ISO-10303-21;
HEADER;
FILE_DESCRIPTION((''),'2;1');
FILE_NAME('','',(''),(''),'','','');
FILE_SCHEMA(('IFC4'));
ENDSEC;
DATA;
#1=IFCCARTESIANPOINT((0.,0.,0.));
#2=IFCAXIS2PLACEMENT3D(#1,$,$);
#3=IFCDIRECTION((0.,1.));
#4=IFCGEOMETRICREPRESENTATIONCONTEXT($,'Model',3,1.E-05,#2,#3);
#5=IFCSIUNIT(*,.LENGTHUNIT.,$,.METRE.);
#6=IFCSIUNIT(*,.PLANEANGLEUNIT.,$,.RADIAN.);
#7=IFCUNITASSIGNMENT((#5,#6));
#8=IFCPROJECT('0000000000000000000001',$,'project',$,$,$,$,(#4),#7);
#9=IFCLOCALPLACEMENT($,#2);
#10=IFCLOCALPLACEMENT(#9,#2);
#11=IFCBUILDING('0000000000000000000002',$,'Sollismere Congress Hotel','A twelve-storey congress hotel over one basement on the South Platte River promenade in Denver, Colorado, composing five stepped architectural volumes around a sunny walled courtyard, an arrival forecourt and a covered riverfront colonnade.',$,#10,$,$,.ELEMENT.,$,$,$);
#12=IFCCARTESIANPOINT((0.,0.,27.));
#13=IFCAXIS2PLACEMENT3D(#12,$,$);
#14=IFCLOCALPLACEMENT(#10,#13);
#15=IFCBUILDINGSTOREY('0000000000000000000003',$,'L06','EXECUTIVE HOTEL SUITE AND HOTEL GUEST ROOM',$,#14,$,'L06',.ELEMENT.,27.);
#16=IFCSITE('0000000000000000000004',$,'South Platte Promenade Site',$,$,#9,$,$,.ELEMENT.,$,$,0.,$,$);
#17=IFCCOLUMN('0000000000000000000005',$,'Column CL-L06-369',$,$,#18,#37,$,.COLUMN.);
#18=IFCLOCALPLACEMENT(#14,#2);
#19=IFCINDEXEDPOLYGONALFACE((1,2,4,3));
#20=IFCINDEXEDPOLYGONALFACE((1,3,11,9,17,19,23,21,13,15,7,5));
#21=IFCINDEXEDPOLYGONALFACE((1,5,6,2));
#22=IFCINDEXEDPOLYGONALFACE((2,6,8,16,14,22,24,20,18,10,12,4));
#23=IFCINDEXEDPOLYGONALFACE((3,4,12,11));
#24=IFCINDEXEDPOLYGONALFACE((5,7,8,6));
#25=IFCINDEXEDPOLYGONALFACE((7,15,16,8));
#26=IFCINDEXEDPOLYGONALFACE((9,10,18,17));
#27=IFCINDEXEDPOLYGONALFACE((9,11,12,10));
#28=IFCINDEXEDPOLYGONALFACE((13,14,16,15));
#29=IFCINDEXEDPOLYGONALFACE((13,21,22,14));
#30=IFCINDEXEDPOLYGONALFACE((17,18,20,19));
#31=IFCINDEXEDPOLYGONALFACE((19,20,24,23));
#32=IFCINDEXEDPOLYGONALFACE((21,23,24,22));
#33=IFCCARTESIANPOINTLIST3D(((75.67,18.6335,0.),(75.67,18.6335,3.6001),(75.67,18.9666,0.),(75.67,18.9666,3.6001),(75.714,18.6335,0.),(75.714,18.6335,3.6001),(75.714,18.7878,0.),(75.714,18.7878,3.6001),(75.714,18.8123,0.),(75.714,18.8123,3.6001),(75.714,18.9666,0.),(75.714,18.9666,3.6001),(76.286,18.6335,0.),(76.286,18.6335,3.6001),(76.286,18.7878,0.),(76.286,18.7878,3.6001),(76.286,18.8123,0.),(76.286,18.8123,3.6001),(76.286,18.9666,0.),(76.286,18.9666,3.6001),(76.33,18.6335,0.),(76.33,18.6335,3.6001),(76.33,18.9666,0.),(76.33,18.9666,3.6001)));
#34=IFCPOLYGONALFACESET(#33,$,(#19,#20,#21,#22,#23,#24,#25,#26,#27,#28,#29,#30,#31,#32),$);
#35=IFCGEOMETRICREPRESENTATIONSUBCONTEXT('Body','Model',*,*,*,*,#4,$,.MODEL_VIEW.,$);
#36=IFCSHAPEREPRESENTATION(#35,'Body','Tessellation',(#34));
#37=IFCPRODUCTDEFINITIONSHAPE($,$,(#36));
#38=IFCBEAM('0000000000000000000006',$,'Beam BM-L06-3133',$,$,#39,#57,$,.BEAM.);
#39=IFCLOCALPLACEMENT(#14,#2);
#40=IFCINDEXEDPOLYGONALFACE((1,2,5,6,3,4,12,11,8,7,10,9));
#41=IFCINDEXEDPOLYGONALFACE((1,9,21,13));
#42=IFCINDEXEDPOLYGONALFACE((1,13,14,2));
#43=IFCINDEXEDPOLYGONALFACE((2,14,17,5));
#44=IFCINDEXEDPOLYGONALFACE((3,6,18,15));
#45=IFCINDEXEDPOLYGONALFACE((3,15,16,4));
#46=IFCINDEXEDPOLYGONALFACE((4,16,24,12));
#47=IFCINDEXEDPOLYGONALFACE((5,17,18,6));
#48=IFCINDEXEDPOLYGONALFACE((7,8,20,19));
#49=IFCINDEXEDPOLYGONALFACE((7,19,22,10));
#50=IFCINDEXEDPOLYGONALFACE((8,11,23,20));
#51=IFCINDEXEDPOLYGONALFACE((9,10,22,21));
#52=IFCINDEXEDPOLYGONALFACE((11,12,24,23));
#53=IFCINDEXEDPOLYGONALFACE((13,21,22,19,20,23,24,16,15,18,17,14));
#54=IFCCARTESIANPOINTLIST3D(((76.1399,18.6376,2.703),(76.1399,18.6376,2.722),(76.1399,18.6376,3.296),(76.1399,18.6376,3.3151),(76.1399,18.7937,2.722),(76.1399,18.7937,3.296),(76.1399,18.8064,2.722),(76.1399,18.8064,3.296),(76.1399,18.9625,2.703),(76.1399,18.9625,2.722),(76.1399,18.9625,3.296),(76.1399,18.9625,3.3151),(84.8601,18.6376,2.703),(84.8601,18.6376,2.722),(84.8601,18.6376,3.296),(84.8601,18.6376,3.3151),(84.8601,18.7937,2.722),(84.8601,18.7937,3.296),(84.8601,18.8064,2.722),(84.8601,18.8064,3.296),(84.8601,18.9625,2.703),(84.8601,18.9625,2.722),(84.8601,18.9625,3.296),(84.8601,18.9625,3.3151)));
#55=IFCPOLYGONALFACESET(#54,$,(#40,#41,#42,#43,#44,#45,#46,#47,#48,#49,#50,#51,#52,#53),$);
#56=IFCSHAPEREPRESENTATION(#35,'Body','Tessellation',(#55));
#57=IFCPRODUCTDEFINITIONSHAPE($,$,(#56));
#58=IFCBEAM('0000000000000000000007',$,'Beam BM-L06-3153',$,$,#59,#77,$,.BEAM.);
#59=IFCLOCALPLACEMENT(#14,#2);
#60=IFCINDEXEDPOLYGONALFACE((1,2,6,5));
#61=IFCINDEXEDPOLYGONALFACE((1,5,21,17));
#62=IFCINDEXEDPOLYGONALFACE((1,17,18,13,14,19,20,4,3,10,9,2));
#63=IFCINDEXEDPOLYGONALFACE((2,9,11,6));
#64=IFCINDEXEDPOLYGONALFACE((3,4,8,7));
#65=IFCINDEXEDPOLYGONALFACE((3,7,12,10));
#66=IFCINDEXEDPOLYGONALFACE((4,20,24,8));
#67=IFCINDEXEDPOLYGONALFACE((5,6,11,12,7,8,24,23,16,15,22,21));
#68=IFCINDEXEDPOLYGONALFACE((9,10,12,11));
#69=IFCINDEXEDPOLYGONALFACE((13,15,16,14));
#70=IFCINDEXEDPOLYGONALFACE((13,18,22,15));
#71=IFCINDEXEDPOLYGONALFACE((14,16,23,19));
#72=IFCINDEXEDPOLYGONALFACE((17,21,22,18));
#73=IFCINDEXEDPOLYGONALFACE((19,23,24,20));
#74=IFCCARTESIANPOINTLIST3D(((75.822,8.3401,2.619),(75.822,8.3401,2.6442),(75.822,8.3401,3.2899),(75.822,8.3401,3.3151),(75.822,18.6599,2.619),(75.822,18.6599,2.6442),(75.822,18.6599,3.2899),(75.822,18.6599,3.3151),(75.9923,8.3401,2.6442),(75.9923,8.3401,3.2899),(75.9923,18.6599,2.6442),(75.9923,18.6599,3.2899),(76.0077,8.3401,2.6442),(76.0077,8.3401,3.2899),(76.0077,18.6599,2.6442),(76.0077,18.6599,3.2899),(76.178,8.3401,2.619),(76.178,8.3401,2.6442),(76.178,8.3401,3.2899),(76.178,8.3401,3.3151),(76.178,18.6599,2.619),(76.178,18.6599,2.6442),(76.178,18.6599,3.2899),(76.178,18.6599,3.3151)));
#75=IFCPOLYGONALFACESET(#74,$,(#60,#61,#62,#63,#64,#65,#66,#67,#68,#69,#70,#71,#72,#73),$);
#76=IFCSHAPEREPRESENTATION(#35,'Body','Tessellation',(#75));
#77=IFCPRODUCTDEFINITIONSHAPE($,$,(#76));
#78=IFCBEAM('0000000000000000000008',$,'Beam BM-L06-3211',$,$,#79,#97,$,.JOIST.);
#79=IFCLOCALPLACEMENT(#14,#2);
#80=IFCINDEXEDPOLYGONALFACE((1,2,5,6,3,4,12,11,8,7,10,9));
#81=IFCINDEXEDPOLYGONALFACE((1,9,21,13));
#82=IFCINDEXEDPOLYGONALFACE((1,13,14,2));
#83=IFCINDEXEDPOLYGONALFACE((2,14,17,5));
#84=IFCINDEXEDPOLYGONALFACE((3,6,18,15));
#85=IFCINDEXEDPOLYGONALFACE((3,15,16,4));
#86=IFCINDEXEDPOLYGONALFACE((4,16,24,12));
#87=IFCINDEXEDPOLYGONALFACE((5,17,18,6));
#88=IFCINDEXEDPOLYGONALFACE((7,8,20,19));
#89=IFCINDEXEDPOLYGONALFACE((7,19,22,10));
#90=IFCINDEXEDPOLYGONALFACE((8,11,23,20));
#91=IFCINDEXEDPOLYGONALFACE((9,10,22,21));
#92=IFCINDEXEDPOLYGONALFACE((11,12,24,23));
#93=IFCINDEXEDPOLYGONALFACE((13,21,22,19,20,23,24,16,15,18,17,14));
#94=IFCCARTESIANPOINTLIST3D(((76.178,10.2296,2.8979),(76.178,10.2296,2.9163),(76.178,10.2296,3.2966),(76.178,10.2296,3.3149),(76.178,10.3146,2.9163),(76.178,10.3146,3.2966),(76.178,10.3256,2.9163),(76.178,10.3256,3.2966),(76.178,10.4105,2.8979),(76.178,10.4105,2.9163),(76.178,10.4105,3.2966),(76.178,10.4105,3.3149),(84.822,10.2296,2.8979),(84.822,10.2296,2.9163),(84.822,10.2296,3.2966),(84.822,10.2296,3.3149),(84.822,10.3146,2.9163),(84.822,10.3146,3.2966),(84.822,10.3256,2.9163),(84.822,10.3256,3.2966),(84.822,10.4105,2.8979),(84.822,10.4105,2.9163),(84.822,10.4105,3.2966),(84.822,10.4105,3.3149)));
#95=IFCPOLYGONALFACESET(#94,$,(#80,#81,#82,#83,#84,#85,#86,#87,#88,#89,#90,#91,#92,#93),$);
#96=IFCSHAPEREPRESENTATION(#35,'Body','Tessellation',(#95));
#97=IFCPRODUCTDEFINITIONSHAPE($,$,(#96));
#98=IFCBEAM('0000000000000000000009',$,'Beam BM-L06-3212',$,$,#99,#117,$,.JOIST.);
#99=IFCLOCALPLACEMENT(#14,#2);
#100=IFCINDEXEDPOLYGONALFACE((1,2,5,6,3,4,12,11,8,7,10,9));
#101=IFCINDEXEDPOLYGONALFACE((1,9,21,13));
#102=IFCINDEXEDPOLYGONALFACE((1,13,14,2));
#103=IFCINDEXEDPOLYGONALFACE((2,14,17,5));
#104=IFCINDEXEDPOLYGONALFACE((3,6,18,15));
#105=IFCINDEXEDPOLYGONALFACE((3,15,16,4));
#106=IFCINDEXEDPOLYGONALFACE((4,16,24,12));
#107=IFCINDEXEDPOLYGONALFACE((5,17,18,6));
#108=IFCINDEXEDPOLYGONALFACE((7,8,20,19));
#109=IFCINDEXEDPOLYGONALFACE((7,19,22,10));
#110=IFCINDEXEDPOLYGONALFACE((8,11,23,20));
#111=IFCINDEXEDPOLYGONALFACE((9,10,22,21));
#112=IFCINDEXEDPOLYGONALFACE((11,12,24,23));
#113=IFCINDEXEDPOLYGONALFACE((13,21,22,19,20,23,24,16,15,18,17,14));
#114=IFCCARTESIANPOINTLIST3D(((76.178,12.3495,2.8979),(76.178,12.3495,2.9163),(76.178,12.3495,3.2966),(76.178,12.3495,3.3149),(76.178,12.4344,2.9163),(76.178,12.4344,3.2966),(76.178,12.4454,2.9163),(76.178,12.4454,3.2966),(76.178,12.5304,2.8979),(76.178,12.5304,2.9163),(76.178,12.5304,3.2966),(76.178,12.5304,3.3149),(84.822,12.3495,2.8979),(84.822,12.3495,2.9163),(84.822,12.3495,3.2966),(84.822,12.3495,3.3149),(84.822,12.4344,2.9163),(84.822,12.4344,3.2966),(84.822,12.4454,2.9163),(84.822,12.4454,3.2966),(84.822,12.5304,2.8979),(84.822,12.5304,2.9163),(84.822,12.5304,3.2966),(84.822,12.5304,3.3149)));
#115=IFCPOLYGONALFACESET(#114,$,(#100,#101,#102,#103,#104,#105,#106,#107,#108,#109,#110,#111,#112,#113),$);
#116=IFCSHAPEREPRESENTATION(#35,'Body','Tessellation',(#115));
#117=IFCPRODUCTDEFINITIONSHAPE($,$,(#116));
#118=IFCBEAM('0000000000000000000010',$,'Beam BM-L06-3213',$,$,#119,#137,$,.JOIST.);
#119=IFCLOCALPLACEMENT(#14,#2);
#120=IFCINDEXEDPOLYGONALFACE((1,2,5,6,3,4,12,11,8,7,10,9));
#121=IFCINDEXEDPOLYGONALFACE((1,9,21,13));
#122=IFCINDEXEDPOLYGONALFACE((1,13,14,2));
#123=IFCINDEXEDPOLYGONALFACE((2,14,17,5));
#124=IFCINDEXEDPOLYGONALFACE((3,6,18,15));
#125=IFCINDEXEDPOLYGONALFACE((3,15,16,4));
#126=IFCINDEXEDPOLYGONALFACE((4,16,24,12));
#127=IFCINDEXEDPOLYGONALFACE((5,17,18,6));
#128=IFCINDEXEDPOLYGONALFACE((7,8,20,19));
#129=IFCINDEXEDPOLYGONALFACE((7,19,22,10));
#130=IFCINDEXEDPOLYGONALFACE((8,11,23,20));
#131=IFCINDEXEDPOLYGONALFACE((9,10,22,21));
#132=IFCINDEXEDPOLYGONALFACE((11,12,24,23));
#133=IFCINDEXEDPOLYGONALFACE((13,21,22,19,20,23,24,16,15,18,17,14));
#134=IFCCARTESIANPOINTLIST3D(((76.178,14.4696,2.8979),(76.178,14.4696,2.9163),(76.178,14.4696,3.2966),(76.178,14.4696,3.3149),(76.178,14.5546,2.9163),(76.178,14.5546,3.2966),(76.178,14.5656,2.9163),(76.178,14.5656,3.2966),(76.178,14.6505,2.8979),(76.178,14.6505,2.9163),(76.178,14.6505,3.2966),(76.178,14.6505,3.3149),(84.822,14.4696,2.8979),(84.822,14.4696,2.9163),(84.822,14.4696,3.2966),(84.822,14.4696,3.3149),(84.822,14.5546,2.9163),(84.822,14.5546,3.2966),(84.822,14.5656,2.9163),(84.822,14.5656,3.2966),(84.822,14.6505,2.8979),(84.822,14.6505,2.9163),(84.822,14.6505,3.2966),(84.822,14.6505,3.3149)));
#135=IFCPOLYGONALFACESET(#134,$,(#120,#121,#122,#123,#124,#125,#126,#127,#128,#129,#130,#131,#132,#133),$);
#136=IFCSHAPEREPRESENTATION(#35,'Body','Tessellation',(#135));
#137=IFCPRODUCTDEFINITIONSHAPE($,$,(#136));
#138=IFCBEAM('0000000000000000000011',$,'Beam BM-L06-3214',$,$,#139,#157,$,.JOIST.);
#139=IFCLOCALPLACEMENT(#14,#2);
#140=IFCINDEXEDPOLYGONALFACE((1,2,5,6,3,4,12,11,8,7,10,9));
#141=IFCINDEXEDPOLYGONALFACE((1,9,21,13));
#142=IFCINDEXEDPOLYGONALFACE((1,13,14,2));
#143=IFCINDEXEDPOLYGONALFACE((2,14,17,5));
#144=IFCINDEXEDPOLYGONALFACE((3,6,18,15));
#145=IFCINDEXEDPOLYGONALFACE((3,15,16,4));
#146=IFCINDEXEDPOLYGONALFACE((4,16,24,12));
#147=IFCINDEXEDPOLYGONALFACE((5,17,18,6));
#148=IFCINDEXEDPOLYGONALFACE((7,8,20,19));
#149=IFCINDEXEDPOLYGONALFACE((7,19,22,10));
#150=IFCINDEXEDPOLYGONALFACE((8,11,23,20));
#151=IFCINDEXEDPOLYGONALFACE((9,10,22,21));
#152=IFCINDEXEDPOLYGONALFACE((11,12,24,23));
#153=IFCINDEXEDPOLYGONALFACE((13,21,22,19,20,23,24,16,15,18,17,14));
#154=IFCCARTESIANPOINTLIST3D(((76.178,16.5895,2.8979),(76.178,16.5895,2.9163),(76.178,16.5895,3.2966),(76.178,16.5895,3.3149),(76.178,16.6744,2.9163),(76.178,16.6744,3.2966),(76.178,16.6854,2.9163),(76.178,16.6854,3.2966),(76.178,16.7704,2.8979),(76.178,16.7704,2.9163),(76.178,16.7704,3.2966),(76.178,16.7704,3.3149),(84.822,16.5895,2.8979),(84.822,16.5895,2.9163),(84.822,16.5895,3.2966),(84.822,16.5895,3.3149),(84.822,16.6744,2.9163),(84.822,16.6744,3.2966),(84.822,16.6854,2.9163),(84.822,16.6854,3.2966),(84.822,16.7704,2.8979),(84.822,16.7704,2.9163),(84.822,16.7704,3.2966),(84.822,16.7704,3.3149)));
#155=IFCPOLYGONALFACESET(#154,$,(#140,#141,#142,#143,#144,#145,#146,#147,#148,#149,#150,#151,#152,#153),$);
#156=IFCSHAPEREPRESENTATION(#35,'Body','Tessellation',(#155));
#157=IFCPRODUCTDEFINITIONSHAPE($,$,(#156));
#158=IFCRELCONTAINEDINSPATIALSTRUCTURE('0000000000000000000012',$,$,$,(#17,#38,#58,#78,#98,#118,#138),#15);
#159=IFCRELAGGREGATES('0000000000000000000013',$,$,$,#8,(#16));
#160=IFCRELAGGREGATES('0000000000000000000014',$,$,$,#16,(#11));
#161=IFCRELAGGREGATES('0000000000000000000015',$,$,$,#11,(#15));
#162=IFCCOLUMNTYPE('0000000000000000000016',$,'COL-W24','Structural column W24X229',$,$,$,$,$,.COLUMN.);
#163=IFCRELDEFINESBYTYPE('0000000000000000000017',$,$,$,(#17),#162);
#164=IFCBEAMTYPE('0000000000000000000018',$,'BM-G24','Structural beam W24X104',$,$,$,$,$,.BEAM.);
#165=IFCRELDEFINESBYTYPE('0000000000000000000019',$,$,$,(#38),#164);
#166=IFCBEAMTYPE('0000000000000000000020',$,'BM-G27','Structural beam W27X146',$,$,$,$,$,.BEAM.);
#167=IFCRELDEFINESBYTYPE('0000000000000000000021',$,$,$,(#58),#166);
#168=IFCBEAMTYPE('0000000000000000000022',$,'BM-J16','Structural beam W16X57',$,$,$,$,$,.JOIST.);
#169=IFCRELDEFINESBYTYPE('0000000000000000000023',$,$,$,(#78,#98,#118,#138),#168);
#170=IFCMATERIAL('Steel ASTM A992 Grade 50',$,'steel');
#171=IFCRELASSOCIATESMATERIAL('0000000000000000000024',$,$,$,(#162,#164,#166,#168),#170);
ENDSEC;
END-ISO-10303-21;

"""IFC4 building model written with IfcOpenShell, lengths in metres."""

from ifc_helpers import new_model, si_unit, direction, frame, origin, origin_2d, place, context, subcontext, project, spatial, i_section, extrude, material, material_profile, profile_set, type_object, element, save


model = new_model("IFC4")

# Units and contexts
model_context = context("Model", 3, precision=1e-05, world=origin(), true_north=direction((0.0, 1.0)))
body_context = subcontext(model_context, "Body", "Model", "MODEL_VIEW")
ifc_project = project(units=[si_unit("LENGTHUNIT", "METRE"), si_unit("PLANEANGLEUNIT", "RADIAN")], contexts=[model_context])

# Site, building, storey
site_placement = place(None, origin())
site = spatial("IfcSite", under=ifc_project, at=site_placement, Name="South Platte Promenade Site", CompositionType="ELEMENT", RefElevation=0.0)
building_placement = place(site_placement, origin())
building = spatial("IfcBuilding", under=site, at=building_placement, Name="Sollismere Congress Hotel", Description="A twelve-storey congress hotel over one basement on the South Platte River promenade in Denver, Colorado, composing five stepped architectural volumes around a sunny walled courtyard, an arrival forecourt and a covered riverfront colonnade.", CompositionType="ELEMENT")
storey_placement = place(building_placement, frame((0.0, 0.0, 27.0)))
storey = spatial("IfcBuildingStorey", under=building, at=storey_placement, Name="L06", Description="EXECUTIVE HOTEL SUITE AND HOTEL GUEST ROOM", LongName="L06", CompositionType="ELEMENT", Elevation=27.0)

# Column
ifc_material_1 = material(Name="Steel ASTM A992 Grade 50", Category="steel")
ifc_material_profile_1 = material_profile(ifc_material_1, i_section(OverallWidth=0.333, OverallDepth=0.6599, WebThickness=0.0244, FlangeThickness=0.0439, at=origin_2d()), Name="W24X229")
ifc_profile_set_1 = profile_set([ifc_material_profile_1], Name="Steel ASTM A992 Grade 50")
column_type = type_object("IfcColumnType", Name="COL-W24", Description="Structural column W24X229", PredefinedType="COLUMN", material=ifc_profile_set_1)
column_placement = place(storey_placement, frame((76.0, 18.8, 0.0), z_axis=(0.0, 0.0, 1.0), x_axis=(0.0, 1.0, 0.0)))
element("IfcColumn", 1, at=column_placement, inside=storey, type_object=column_type, Name="Column CL-L06-369", PredefinedType="COLUMN", context=body_context, shape_type="SweptSolid", body=[
    extrude(i_section(OverallWidth=0.333, OverallDepth=0.6599, WebThickness=0.0244, FlangeThickness=0.0439, at=origin_2d()), origin(), (0.0, 0.0, 1.0), 3.6001),
])

# Beams
ifc_material_profile_2 = material_profile(ifc_material_1, i_section(OverallWidth=0.325, OverallDepth=0.6121, WebThickness=0.0127, FlangeThickness=0.019, at=origin_2d()), Name="W24X104")
ifc_profile_set_2 = profile_set([ifc_material_profile_2], Name="Steel ASTM A992 Grade 50")
beam_type_1 = type_object("IfcBeamType", Name="BM-G24", Description="Structural beam W24X104", PredefinedType="BEAM", material=ifc_profile_set_2)
beam_1_placement = place(storey_placement, frame((76.1399, 18.8, 3.009), z_axis=(1.0, 0.0, 0.0), x_axis=(0.0, 1.0, 0.0)))
element("IfcBeam", 2, at=beam_1_placement, inside=storey, type_object=beam_type_1, Name="Beam BM-L06-3133", PredefinedType="BEAM", context=body_context, shape_type="SweptSolid", body=[
    extrude(i_section(OverallWidth=0.325, OverallDepth=0.6121, WebThickness=0.0127, FlangeThickness=0.019, at=origin_2d()), origin(), (0.0, 0.0, 1.0), 8.7202),
])
ifc_material_profile_3 = material_profile(ifc_material_1, i_section(OverallWidth=0.356, OverallDepth=0.696, WebThickness=0.0154, FlangeThickness=0.0251, at=origin_2d()), Name="W27X146")
ifc_profile_set_3 = profile_set([ifc_material_profile_3], Name="Steel ASTM A992 Grade 50")
beam_type_2 = type_object("IfcBeamType", Name="BM-G27", Description="Structural beam W27X146", PredefinedType="BEAM", material=ifc_profile_set_3)
beam_2_placement = place(storey_placement, frame((76.0, 8.3401, 2.967), z_axis=(0.0, 1.0, 0.0), x_axis=(-1.0, 0.0, 0.0)))
element("IfcBeam", 3, at=beam_2_placement, inside=storey, type_object=beam_type_2, Name="Beam BM-L06-3153", PredefinedType="BEAM", context=body_context, shape_type="SweptSolid", body=[
    extrude(i_section(OverallWidth=0.356, OverallDepth=0.696, WebThickness=0.0154, FlangeThickness=0.0251, at=origin_2d()), origin(), (0.0, 0.0, 1.0), 10.3198),
])
ifc_material_profile_4 = material_profile(ifc_material_1, i_section(OverallWidth=0.1809, OverallDepth=0.417, WebThickness=0.011, FlangeThickness=0.0183, at=origin_2d()), Name="W16X57")
ifc_profile_set_4 = profile_set([ifc_material_profile_4], Name="Steel ASTM A992 Grade 50")
beam_type_3 = type_object("IfcBeamType", Name="BM-J16", Description="Structural beam W16X57", PredefinedType="JOIST", material=ifc_profile_set_4)
for number, where, z_axis, x_axis, name in (
    (4, (76.178, 10.3201, 3.1064), (1.0, 0.0, 0.0), (0.0, 1.0, 0.0), "Beam BM-L06-3211"),
    (5, (76.178, 12.4399, 3.1064), (1.0, 0.0, 0.0), (0.0, 1.0, 0.0), "Beam BM-L06-3212"),
    (6, (76.178, 14.5601, 3.1064), (1.0, 0.0, 0.0), (0.0, 1.0, 0.0), "Beam BM-L06-3213"),
    (7, (76.178, 16.6799, 3.1064), (1.0, 0.0, 0.0), (0.0, 1.0, 0.0), "Beam BM-L06-3214"),
):
    element("IfcBeam", number, at=place(storey_placement, frame(where, z_axis=z_axis, x_axis=x_axis)), inside=storey, type_object=beam_type_3, Name=name, PredefinedType="JOIST", context=body_context, shape_type="SweptSolid", body=[
        extrude(i_section(OverallWidth=0.1809, OverallDepth=0.417, WebThickness=0.011, FlangeThickness=0.0183, at=origin_2d()), origin(), (0.0, 0.0, 1.0), 8.644),
    ])

save(model, "model.ifc")
